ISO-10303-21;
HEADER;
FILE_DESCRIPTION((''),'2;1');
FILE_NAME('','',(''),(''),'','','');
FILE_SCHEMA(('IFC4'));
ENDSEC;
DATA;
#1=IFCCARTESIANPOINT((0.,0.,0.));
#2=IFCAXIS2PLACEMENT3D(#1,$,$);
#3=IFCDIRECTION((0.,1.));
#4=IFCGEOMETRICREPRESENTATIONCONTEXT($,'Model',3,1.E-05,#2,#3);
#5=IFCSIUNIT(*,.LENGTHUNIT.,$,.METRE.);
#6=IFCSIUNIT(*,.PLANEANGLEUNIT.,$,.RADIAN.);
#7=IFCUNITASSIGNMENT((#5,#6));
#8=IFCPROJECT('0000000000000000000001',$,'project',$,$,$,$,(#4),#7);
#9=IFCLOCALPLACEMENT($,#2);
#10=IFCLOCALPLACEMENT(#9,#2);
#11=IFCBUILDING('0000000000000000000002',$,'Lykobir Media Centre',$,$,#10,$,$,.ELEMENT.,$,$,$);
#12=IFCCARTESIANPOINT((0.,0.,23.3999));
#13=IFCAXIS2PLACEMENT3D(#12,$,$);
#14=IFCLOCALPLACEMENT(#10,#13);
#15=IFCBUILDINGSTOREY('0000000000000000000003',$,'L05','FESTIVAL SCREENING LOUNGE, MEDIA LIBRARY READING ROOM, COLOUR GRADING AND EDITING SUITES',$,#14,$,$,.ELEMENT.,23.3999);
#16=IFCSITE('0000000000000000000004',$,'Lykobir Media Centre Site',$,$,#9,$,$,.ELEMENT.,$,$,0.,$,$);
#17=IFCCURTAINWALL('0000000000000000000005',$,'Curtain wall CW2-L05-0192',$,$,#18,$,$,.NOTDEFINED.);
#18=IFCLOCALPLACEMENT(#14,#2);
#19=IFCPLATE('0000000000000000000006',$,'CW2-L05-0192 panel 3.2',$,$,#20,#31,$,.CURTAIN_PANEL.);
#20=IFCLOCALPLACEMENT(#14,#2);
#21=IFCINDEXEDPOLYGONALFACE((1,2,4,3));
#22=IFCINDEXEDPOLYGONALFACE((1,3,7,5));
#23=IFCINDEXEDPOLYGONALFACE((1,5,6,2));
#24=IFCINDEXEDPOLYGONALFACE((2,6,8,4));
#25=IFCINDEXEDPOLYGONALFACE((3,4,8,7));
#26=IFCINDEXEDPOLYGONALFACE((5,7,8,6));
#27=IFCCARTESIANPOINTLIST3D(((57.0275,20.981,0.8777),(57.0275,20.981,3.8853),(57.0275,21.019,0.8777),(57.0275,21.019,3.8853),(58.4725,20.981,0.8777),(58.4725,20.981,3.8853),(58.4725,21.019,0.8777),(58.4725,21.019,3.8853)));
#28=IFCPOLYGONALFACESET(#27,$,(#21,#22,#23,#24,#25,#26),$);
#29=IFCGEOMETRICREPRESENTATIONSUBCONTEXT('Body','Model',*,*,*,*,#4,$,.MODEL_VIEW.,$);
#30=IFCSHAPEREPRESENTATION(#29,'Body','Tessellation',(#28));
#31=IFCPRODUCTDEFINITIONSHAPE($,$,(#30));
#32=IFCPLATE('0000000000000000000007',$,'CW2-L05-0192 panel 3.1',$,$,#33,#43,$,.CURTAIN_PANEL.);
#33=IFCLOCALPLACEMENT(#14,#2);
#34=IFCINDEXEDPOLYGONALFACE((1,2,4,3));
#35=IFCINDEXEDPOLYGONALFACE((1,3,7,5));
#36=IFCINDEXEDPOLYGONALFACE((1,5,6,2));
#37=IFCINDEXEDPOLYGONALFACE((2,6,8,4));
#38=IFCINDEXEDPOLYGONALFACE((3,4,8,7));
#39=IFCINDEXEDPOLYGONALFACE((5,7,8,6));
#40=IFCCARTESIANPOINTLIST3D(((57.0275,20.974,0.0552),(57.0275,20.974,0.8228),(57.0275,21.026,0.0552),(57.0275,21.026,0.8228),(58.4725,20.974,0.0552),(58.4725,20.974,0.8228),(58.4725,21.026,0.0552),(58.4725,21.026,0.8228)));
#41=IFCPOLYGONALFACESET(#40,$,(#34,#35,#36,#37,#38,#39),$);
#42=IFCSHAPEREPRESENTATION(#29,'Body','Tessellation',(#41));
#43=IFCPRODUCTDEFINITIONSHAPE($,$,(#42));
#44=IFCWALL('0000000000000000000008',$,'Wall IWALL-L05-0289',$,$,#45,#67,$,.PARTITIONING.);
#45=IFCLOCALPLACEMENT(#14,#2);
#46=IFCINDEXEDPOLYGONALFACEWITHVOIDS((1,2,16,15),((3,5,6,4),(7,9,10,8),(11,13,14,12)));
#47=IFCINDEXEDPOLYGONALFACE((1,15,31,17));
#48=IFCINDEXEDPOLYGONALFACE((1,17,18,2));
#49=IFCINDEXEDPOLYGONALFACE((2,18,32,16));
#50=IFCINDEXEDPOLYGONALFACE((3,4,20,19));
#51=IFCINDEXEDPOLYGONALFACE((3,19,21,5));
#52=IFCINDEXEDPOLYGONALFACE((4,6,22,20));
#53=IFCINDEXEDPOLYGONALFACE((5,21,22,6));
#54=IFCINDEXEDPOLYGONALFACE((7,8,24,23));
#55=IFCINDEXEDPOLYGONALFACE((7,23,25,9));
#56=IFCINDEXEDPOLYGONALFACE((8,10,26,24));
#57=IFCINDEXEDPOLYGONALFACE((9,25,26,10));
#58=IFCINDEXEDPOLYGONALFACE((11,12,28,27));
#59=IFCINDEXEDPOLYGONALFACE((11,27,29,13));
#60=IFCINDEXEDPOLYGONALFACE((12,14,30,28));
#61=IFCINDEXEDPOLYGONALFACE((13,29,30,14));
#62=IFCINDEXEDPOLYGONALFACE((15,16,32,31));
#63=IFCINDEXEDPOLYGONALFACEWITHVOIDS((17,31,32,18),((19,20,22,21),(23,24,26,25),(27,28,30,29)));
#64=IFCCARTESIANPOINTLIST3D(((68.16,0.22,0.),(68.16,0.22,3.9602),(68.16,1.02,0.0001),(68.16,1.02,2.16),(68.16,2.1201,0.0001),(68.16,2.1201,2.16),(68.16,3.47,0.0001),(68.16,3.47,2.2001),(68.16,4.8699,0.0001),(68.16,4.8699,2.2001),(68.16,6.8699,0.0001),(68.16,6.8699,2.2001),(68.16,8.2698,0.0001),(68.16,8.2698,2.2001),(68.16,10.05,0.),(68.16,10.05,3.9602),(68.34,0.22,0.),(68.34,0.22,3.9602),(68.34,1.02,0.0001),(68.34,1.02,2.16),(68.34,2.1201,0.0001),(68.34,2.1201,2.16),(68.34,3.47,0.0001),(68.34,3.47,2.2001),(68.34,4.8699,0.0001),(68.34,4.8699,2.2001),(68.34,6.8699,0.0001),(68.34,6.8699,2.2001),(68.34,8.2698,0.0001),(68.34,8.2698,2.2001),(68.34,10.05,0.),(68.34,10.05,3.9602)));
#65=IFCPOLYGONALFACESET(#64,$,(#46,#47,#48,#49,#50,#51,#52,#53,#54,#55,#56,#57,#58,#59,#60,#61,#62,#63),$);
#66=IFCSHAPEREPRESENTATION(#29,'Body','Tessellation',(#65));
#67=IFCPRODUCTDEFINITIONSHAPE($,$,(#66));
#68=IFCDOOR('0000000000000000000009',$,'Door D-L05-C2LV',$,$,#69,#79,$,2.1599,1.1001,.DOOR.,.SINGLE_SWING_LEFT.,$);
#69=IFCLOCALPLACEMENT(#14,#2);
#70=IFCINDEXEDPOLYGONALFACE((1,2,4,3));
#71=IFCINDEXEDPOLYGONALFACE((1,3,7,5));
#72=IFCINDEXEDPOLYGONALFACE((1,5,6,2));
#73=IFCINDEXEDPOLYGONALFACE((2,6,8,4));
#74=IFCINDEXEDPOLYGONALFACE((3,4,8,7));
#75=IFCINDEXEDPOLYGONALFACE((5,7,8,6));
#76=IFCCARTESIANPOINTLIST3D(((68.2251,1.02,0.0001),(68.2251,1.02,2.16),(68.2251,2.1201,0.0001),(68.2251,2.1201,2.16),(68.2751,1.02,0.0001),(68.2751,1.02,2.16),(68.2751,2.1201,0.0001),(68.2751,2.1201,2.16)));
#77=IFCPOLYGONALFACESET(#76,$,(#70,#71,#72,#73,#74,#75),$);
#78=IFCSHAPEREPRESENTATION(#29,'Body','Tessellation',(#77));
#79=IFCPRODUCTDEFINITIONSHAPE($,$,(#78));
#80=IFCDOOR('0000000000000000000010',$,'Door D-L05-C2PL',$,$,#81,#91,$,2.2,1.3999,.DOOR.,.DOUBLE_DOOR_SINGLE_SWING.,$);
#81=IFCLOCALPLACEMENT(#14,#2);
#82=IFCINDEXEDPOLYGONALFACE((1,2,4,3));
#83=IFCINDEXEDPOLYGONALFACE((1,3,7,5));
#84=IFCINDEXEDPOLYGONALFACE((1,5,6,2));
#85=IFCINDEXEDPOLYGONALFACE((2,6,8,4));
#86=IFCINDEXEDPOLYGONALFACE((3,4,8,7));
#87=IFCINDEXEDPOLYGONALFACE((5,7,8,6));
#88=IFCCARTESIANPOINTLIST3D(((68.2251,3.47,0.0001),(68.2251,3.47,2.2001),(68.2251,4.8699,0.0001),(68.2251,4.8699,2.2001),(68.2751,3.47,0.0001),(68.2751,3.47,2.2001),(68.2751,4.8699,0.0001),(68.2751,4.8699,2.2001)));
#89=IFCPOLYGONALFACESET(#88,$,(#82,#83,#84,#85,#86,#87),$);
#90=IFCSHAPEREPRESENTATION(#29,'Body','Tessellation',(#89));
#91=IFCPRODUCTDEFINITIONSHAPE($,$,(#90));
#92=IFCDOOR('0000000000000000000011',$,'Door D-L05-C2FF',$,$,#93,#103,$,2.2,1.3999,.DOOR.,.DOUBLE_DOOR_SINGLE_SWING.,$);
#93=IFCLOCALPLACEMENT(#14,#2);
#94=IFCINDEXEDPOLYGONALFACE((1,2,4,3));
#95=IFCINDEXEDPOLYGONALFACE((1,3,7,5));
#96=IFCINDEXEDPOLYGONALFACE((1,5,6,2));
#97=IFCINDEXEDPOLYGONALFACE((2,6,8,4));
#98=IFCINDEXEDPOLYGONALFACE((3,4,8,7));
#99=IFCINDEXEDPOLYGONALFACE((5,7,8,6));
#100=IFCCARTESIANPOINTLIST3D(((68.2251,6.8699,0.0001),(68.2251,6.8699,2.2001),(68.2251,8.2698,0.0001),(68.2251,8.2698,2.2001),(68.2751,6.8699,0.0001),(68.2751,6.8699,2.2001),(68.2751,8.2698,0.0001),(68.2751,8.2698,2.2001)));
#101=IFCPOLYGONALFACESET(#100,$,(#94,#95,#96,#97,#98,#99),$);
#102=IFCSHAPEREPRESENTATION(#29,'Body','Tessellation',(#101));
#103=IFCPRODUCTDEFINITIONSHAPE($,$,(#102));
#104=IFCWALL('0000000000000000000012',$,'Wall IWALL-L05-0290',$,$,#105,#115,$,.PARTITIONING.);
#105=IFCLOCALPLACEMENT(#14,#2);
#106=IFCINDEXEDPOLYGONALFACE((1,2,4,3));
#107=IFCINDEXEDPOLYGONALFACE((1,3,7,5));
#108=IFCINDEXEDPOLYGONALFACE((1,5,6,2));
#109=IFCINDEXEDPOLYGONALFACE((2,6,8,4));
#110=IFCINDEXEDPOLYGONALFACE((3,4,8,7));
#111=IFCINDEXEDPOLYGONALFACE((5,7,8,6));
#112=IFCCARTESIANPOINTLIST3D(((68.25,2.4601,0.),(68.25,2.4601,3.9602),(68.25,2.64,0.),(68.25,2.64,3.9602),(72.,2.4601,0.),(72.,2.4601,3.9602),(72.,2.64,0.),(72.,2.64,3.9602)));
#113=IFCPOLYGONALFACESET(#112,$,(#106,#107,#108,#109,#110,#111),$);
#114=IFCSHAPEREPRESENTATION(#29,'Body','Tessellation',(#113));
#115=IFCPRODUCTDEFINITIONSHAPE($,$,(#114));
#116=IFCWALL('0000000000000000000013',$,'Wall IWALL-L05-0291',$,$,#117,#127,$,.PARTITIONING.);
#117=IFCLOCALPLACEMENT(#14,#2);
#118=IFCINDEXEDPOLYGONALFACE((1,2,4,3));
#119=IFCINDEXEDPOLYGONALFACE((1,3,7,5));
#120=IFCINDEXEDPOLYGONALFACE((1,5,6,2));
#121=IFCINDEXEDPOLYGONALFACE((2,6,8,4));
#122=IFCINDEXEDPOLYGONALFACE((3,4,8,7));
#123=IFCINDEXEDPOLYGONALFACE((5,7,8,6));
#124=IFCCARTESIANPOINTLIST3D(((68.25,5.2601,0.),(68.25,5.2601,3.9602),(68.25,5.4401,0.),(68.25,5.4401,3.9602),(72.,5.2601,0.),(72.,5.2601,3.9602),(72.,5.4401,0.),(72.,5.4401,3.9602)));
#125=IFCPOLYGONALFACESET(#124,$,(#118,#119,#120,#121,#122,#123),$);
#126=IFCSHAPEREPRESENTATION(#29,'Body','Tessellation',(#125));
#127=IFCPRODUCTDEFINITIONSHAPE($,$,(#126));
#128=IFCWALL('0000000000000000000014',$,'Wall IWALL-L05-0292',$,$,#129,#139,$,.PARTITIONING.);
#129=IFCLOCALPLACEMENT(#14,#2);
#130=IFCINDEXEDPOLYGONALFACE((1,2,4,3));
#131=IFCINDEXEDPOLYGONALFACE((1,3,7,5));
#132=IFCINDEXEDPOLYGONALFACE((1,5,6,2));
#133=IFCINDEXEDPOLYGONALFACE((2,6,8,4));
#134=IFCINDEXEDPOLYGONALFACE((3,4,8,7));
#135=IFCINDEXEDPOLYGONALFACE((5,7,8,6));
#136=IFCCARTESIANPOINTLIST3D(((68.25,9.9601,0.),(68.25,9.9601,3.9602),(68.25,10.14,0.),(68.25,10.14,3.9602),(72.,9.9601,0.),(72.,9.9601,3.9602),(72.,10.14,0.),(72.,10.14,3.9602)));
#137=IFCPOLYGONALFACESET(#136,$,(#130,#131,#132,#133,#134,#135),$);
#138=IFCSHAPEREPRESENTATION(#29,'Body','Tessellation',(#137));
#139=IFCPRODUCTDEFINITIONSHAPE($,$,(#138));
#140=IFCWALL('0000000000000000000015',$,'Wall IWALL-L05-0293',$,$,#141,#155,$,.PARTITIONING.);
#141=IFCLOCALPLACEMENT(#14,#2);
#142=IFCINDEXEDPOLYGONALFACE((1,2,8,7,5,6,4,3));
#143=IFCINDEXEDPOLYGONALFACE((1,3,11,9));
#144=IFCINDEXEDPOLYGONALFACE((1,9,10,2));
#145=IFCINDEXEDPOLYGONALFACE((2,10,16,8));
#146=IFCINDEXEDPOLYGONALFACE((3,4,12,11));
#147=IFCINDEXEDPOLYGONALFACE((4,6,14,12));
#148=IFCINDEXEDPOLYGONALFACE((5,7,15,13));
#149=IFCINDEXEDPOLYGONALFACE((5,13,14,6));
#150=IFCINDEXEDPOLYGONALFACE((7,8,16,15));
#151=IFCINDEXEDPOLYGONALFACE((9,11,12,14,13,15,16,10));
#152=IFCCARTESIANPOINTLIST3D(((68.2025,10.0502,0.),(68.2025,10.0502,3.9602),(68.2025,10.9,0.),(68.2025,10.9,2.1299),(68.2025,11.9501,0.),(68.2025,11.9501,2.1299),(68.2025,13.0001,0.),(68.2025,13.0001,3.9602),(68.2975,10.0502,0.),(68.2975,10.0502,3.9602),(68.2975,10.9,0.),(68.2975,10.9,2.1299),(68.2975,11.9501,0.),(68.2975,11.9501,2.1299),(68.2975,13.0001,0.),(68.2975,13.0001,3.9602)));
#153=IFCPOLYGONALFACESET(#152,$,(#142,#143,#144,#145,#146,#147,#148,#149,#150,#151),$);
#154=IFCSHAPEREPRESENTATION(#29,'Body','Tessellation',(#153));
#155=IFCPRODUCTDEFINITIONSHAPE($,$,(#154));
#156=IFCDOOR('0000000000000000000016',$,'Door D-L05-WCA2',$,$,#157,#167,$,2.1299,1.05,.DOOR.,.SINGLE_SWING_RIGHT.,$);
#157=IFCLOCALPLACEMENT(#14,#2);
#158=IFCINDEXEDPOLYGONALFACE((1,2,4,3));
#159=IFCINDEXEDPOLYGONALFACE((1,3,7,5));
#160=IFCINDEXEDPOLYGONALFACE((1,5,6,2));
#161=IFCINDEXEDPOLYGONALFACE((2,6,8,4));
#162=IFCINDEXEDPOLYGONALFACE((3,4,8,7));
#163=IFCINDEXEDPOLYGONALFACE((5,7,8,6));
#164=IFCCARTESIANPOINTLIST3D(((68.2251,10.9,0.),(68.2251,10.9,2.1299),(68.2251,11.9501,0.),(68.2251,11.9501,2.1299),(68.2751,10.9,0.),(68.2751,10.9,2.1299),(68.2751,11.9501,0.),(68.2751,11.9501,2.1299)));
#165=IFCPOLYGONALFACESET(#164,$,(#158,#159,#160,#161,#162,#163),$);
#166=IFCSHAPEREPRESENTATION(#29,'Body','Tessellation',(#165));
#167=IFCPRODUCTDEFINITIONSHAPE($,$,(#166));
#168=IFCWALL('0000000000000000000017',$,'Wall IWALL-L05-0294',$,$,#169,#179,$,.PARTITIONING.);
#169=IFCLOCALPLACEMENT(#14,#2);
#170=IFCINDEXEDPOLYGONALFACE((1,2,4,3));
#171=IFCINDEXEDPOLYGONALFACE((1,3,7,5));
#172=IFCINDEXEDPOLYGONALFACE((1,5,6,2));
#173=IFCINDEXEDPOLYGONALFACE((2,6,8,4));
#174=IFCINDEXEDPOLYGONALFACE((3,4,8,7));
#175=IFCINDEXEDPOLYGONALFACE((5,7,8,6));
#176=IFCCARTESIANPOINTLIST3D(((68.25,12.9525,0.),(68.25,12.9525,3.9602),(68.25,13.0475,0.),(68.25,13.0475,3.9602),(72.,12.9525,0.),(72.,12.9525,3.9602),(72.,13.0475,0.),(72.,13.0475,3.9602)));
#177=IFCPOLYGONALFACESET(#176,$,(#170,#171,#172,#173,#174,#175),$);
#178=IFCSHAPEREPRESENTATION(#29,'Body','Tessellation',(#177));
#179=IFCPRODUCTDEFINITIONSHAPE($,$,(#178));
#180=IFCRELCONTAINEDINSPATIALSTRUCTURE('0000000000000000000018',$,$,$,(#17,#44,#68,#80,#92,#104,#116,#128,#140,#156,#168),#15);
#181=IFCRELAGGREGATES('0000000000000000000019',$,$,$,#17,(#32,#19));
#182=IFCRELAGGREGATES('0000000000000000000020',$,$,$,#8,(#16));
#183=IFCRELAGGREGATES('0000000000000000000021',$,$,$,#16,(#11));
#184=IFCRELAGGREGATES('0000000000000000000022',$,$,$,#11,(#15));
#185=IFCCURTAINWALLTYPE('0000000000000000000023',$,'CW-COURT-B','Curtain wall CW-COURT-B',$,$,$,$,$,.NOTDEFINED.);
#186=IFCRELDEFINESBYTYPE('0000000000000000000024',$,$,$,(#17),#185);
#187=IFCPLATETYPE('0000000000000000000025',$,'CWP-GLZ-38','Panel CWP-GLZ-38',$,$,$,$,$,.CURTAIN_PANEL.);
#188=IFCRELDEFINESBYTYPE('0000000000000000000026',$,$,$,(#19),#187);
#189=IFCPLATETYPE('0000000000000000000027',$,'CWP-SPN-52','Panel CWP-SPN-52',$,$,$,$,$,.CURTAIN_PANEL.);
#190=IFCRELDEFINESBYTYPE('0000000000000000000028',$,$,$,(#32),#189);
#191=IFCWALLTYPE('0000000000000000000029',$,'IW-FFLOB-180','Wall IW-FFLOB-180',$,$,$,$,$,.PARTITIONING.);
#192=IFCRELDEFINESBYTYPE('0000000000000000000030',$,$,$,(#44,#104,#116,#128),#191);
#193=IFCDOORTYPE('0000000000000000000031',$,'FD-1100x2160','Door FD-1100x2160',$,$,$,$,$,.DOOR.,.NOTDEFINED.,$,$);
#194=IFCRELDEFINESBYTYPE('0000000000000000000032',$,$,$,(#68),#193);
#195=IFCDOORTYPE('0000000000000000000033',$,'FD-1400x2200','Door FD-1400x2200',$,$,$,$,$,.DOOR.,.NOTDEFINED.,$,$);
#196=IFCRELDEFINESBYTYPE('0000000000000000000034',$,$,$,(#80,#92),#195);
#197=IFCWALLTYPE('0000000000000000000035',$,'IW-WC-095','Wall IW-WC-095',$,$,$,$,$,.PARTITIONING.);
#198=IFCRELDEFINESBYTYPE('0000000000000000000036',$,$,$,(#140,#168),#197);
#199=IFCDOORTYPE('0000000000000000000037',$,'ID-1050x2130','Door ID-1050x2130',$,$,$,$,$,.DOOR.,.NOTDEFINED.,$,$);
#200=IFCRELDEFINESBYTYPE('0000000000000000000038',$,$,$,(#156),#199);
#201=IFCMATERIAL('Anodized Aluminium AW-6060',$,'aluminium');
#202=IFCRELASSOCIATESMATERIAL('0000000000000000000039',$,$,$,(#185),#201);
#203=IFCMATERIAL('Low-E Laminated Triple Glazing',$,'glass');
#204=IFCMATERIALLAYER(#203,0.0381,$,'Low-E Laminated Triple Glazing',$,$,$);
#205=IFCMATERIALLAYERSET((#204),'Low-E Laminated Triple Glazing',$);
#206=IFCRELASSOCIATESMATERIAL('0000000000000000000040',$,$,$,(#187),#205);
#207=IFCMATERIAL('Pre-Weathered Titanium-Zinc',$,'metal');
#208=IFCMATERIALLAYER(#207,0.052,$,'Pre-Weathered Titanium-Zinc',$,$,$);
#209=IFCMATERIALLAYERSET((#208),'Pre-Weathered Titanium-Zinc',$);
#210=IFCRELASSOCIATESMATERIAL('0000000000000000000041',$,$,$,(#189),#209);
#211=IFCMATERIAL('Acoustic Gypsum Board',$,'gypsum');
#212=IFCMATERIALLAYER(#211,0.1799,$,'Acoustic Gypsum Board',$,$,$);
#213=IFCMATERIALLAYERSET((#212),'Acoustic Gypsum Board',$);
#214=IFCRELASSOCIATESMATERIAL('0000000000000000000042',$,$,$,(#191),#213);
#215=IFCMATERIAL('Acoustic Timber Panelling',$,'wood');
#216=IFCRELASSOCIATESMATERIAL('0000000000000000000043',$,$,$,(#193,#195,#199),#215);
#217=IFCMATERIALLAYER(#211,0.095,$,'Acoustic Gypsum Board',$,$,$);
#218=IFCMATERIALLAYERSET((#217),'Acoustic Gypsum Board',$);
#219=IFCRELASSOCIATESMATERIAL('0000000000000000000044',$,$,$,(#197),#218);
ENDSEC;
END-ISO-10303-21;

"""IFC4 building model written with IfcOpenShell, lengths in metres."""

from ifc_helpers import new_model, si_unit, direction, frame, frame_2d, origin, origin_2d, place, context, subcontext, project, spatial, rectangle, extrude, material, layer, layer_set, type_object, element, fill, aggregate, save


model = new_model("IFC4")

# Units and contexts
model_context = context("Model", 3, precision=1e-05, world=origin(), true_north=direction((0.0, 1.0)))
body_context = subcontext(model_context, "Body", "Model", "MODEL_VIEW")
ifc_project = project(units=[si_unit("LENGTHUNIT", "METRE"), si_unit("PLANEANGLEUNIT", "RADIAN")], contexts=[model_context])

# Site, building, storey
site_placement = place(None, origin())
site = spatial("IfcSite", under=ifc_project, at=site_placement, Name="Lykobir Media Centre Site", CompositionType="ELEMENT", RefElevation=0.0)
building_placement = place(site_placement, origin())
building = spatial("IfcBuilding", under=site, at=building_placement, Name="Lykobir Media Centre", CompositionType="ELEMENT")
storey_placement = place(building_placement, frame((0.0, 0.0, 23.3999)))
storey = spatial("IfcBuildingStorey", under=building, at=storey_placement, Name="L05", Description="FESTIVAL SCREENING LOUNGE, MEDIA LIBRARY READING ROOM, COLOUR GRADING AND EDITING SUITES", CompositionType="ELEMENT", Elevation=23.3999)

# Curtain wall
ifc_material_1 = material(Name="Anodized Aluminium AW-6060", Category="aluminium")
curtain_wall_type = type_object("IfcCurtainWallType", Name="CW-COURT-B", Description="Curtain wall CW-COURT-B", PredefinedType="NOTDEFINED", material=ifc_material_1)
curtain_wall_placement = place(storey_placement, origin())
curtain_wall = element("IfcCurtainWall", 1, at=curtain_wall_placement, inside=storey, type_object=curtain_wall_type, Name="Curtain wall CW2-L05-0192", PredefinedType="NOTDEFINED")

# Plates
ifc_material_2 = material(Name="Low-E Laminated Triple Glazing", Category="glass")
ifc_layer_1 = layer(ifc_material_2, 0.0381, Name="Low-E Laminated Triple Glazing")
ifc_layer_set_1 = layer_set([ifc_layer_1], Name="Low-E Laminated Triple Glazing")
plate_type_1 = type_object("IfcPlateType", Name="CWP-GLZ-38", Description="Panel CWP-GLZ-38", PredefinedType="CURTAIN_PANEL", material=ifc_layer_set_1)
plate_1_placement = place(storey_placement, frame((57.75, 21.0, 0.8777), z_axis=(0.0, 0.0, 1.0), x_axis=(1.0, 0.0, 0.0)))
plate_1 = element("IfcPlate", 2, at=plate_1_placement, type_object=plate_type_1, Name="CW2-L05-0192 panel 3.2", PredefinedType="CURTAIN_PANEL", context=body_context, shape_type="SweptSolid", body=[
    extrude(rectangle(XDim=1.4451, YDim=0.0381, at=origin_2d()), origin(), (0.0, 0.0, 1.0), 3.0076),
])
ifc_material_3 = material(Name="Pre-Weathered Titanium-Zinc", Category="metal")
ifc_layer_2 = layer(ifc_material_3, 0.052, Name="Pre-Weathered Titanium-Zinc")
ifc_layer_set_2 = layer_set([ifc_layer_2], Name="Pre-Weathered Titanium-Zinc")
plate_type_2 = type_object("IfcPlateType", Name="CWP-SPN-52", Description="Panel CWP-SPN-52", PredefinedType="CURTAIN_PANEL", material=ifc_layer_set_2)
plate_2_placement = place(storey_placement, frame((57.75, 21.0, 0.0552), z_axis=(0.0, 0.0, 1.0), x_axis=(1.0, 0.0, 0.0)))
plate_2 = element("IfcPlate", 3, at=plate_2_placement, type_object=plate_type_2, Name="CW2-L05-0192 panel 3.1", PredefinedType="CURTAIN_PANEL", context=body_context, shape_type="SweptSolid", body=[
    extrude(rectangle(XDim=1.4451, YDim=0.052, at=origin_2d()), origin(), (0.0, 0.0, 1.0), 0.7676),
])
aggregate(curtain_wall, [plate_2, plate_1])

# Wall, openings, doors
ifc_material_4 = material(Name="Acoustic Gypsum Board", Category="gypsum")
ifc_layer_3 = layer(ifc_material_4, 0.1799, Name="Acoustic Gypsum Board")
ifc_layer_set_3 = layer_set([ifc_layer_3], Name="Acoustic Gypsum Board")
wall_type_1 = type_object("IfcWallType", Name="IW-FFLOB-180", Description="Wall IW-FFLOB-180", PredefinedType="PARTITIONING", material=ifc_layer_set_3)
wall_1_placement = place(storey_placement, frame((68.25, 0.22, 0.0), z_axis=(0.0, 0.0, 1.0), x_axis=(0.0, 1.0, 0.0)))
wall_1 = element("IfcWall", 4, at=wall_1_placement, inside=storey, type_object=wall_type_1, Name="Wall IWALL-L05-0289", PredefinedType="PARTITIONING", context=body_context, shape_type="SweptSolid", body=[
    extrude(rectangle(XDim=9.8301, YDim=0.1799, at=frame_2d((4.915, 0.0))), origin(), (0.0, 0.0, 1.0), 3.9602),
])
opening_1_placement = place(wall_1_placement, frame((0.8, 0.0, 0.0)))
opening_1 = element("IfcOpeningElement", 5, at=opening_1_placement, cuts=wall_1, PredefinedType="OPENING", context=body_context, shape_type="SweptSolid", body=[
    extrude(rectangle(XDim=1.1001, YDim=2.1599, at=frame_2d((0.55, 1.0801))), frame((0.0, 0.0999, 0.0), z_axis=(0.0, -1.0, 0.0), x_axis=(1.0, 0.0, 0.0)), (0.0, 0.0, 1.0), 0.2),
])
opening_2_placement = place(wall_1_placement, frame((3.25, 0.0, 0.0)))
opening_2 = element("IfcOpeningElement", 6, at=opening_2_placement, cuts=wall_1, PredefinedType="OPENING", context=body_context, shape_type="SweptSolid", body=[
    extrude(rectangle(XDim=1.3999, YDim=2.2, at=frame_2d((0.7, 1.1001))), frame((0.0, 0.0999, 0.0), z_axis=(0.0, -1.0, 0.0), x_axis=(1.0, 0.0, 0.0)), (0.0, 0.0, 1.0), 0.2),
])
opening_3_placement = place(wall_1_placement, frame((6.6499, 0.0, 0.0)))
opening_3 = element("IfcOpeningElement", 7, at=opening_3_placement, cuts=wall_1, PredefinedType="OPENING", context=body_context, shape_type="SweptSolid", body=[
    extrude(rectangle(XDim=1.3999, YDim=2.2, at=frame_2d((0.7, 1.1001))), frame((0.0, 0.0999, 0.0), z_axis=(0.0, -1.0, 0.0), x_axis=(1.0, 0.0, 0.0)), (0.0, 0.0, 1.0), 0.2),
])
ifc_material_5 = material(Name="Acoustic Timber Panelling", Category="wood")
door_type_1 = type_object("IfcDoorType", Name="FD-1100x2160", Description="Door FD-1100x2160", OperationType="NOTDEFINED", PredefinedType="DOOR", material=ifc_material_5)
door_1_placement = place(opening_1_placement, origin())
door_1 = element("IfcDoor", 8, at=door_1_placement, inside=storey, type_object=door_type_1, Name="Door D-L05-C2LV", OperationType="SINGLE_SWING_LEFT", OverallHeight=2.1599, OverallWidth=1.1001, PredefinedType="DOOR", context=body_context, shape_type="SweptSolid", body=[
    extrude(rectangle(XDim=1.1001, YDim=2.1599, at=frame_2d((0.55, 1.0801))), frame((0.0, 0.0249, 0.0), z_axis=(0.0, -1.0, 0.0), x_axis=(1.0, 0.0, 0.0)), (0.0, 0.0, 1.0), 0.05),
])
fill(opening_1, door_1)
door_type_2 = type_object("IfcDoorType", Name="FD-1400x2200", Description="Door FD-1400x2200", OperationType="NOTDEFINED", PredefinedType="DOOR", material=ifc_material_5)
door_2_placement = place(opening_2_placement, origin())
door_2 = element("IfcDoor", 9, at=door_2_placement, inside=storey, type_object=door_type_2, Name="Door D-L05-C2PL", OperationType="DOUBLE_DOOR_SINGLE_SWING", OverallHeight=2.2, OverallWidth=1.3999, PredefinedType="DOOR", context=body_context, shape_type="SweptSolid", body=[
    extrude(rectangle(XDim=1.3999, YDim=2.2, at=frame_2d((0.7, 1.1001))), frame((0.0, 0.0249, 0.0), z_axis=(0.0, -1.0, 0.0), x_axis=(1.0, 0.0, 0.0)), (0.0, 0.0, 1.0), 0.05),
])
fill(opening_2, door_2)
door_3_placement = place(opening_3_placement, origin())
door_3 = element("IfcDoor", 10, at=door_3_placement, inside=storey, type_object=door_type_2, Name="Door D-L05-C2FF", OperationType="DOUBLE_DOOR_SINGLE_SWING", OverallHeight=2.2, OverallWidth=1.3999, PredefinedType="DOOR", context=body_context, shape_type="SweptSolid", body=[
    extrude(rectangle(XDim=1.3999, YDim=2.2, at=frame_2d((0.7, 1.1001))), frame((0.0, 0.0249, 0.0), z_axis=(0.0, -1.0, 0.0), x_axis=(1.0, 0.0, 0.0)), (0.0, 0.0, 1.0), 0.05),
])
fill(opening_3, door_3)

# Walls
for number, where, z_axis, x_axis, name in (
    (11, (68.25, 2.55, 0.0), (0.0, 0.0, 1.0), (1.0, 0.0, 0.0), "Wall IWALL-L05-0290"),
    (12, (68.25, 5.3501, 0.0), (0.0, 0.0, 1.0), (1.0, 0.0, 0.0), "Wall IWALL-L05-0291"),
    (13, (68.25, 10.05, 0.0), (0.0, 0.0, 1.0), (1.0, 0.0, 0.0), "Wall IWALL-L05-0292"),
):
    element("IfcWall", number, at=place(storey_placement, frame(where, z_axis=z_axis, x_axis=x_axis)), inside=storey, type_object=wall_type_1, Name=name, PredefinedType="PARTITIONING", context=body_context, shape_type="SweptSolid", body=[
        extrude(rectangle(XDim=3.75, YDim=0.1799, at=frame_2d((1.875, 0.0))), origin(), (0.0, 0.0, 1.0), 3.9602),
    ])

# Wall, opening, door
ifc_layer_4 = layer(ifc_material_4, 0.095, Name="Acoustic Gypsum Board")
ifc_layer_set_4 = layer_set([ifc_layer_4], Name="Acoustic Gypsum Board")
wall_type_2 = type_object("IfcWallType", Name="IW-WC-095", Description="Wall IW-WC-095", PredefinedType="PARTITIONING", material=ifc_layer_set_4)
wall_2_placement = place(storey_placement, frame((68.25, 10.05, 0.0), z_axis=(0.0, 0.0, 1.0), x_axis=(0.0, 1.0, 0.0)))
wall_2 = element("IfcWall", 14, at=wall_2_placement, inside=storey, type_object=wall_type_2, Name="Wall IWALL-L05-0293", PredefinedType="PARTITIONING", context=body_context, shape_type="SweptSolid", body=[
    extrude(rectangle(XDim=2.95, YDim=0.095, at=frame_2d((1.4751, 0.0))), origin(), (0.0, 0.0, 1.0), 3.9602),
])
opening_4_placement = place(wall_2_placement, frame((0.8501, 0.0, 0.0)))
opening_4 = element("IfcOpeningElement", 15, at=opening_4_placement, cuts=wall_2, PredefinedType="OPENING", context=body_context, shape_type="SweptSolid", body=[
    extrude(rectangle(XDim=1.05, YDim=2.1299, at=frame_2d((0.5249, 1.0649))), frame((0.0, 0.0574, 0.0), z_axis=(0.0, -1.0, 0.0), x_axis=(1.0, 0.0, 0.0)), (0.0, 0.0, 1.0), 0.115),
])
door_type_3 = type_object("IfcDoorType", Name="ID-1050x2130", Description="Door ID-1050x2130", OperationType="NOTDEFINED", PredefinedType="DOOR", material=ifc_material_5)
door_4_placement = place(opening_4_placement, origin())
door_4 = element("IfcDoor", 16, at=door_4_placement, inside=storey, type_object=door_type_3, Name="Door D-L05-WCA2", OperationType="SINGLE_SWING_RIGHT", OverallHeight=2.1299, OverallWidth=1.05, PredefinedType="DOOR", context=body_context, shape_type="SweptSolid", body=[
    extrude(rectangle(XDim=1.05, YDim=2.1299, at=frame_2d((0.5249, 1.0649))), frame((0.0, 0.0249, 0.0), z_axis=(0.0, -1.0, 0.0), x_axis=(1.0, 0.0, 0.0)), (0.0, 0.0, 1.0), 0.05),
])
fill(opening_4, door_4)

# Wall
wall_3_placement = place(storey_placement, frame((68.25, 13.0, 0.0), z_axis=(0.0, 0.0, 1.0), x_axis=(1.0, 0.0, 0.0)))
element("IfcWall", 17, at=wall_3_placement, inside=storey, type_object=wall_type_2, Name="Wall IWALL-L05-0294", PredefinedType="PARTITIONING", context=body_context, shape_type="SweptSolid", body=[
    extrude(rectangle(XDim=3.75, YDim=0.095, at=frame_2d((1.875, 0.0))), origin(), (0.0, 0.0, 1.0), 3.9602),
])

save(model, "model.ifc")
